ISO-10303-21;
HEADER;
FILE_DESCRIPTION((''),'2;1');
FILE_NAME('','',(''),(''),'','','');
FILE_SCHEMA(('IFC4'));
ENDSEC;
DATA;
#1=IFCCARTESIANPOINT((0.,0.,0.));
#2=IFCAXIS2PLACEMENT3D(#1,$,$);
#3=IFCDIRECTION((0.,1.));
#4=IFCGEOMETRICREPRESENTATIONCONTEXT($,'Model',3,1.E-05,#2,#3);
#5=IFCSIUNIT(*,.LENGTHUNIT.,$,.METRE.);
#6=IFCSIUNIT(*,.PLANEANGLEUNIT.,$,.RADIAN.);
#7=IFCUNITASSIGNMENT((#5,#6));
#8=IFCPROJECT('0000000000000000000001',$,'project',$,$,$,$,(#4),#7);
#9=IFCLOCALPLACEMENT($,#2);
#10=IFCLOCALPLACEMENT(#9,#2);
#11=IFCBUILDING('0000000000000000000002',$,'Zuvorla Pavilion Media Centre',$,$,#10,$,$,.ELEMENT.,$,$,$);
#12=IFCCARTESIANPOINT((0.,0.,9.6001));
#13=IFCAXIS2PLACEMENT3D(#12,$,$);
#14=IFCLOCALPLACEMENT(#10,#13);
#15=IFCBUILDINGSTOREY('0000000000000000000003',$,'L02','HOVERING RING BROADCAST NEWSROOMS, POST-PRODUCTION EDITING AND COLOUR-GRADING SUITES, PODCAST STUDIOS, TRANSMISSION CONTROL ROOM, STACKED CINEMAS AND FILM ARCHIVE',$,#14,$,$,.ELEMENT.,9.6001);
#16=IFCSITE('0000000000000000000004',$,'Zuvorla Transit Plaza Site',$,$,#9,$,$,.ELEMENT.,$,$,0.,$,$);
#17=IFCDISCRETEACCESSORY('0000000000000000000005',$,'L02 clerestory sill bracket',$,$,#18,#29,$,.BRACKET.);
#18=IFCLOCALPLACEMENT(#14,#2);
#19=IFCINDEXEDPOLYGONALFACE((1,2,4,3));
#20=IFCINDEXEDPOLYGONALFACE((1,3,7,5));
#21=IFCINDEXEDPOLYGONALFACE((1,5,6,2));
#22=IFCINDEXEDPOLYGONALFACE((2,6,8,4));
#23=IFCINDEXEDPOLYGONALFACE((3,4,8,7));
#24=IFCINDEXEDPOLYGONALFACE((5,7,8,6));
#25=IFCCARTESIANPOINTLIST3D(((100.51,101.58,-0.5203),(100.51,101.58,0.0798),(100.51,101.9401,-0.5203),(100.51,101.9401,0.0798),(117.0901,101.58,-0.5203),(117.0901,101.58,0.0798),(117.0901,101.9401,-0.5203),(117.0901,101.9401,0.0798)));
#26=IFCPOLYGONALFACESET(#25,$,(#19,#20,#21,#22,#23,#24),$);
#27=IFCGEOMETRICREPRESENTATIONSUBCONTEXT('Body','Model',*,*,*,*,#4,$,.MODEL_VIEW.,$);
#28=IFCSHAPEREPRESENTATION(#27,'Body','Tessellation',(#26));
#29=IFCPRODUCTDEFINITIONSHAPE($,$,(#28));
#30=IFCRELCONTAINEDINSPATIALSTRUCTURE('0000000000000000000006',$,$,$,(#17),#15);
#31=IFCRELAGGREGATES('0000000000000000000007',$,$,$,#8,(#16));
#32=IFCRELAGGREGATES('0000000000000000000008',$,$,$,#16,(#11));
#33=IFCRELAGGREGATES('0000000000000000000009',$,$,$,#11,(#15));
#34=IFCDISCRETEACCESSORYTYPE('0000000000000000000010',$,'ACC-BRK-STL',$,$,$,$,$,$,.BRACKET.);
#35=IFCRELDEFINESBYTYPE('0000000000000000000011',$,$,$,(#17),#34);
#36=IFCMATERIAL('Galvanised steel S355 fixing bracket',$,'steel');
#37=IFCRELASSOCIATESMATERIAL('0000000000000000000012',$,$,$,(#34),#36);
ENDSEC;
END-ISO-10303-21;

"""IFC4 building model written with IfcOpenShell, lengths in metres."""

from ifc_helpers import new_model, si_unit, direction, frame, origin, origin_2d, place, context, subcontext, project, spatial, rectangle, extrude, material, type_object, element, save


model = new_model("IFC4")

# Units and contexts
model_context = context("Model", 3, precision=1e-05, world=origin(), true_north=direction((0.0, 1.0)))
body_context = subcontext(model_context, "Body", "Model", "MODEL_VIEW")
ifc_project = project(units=[si_unit("LENGTHUNIT", "METRE"), si_unit("PLANEANGLEUNIT", "RADIAN")], contexts=[model_context])

# Site, building, storey
site_placement = place(None, origin())
site = spatial("IfcSite", under=ifc_project, at=site_placement, Name="Zuvorla Transit Plaza Site", CompositionType="ELEMENT", RefElevation=0.0)
building_placement = place(site_placement, origin())
building = spatial("IfcBuilding", under=site, at=building_placement, Name="Zuvorla Pavilion Media Centre", CompositionType="ELEMENT")
storey_placement = place(building_placement, frame((0.0, 0.0, 9.6001)))
storey = spatial("IfcBuildingStorey", under=building, at=storey_placement, Name="L02", Description="HOVERING RING BROADCAST NEWSROOMS, POST-PRODUCTION EDITING AND COLOUR-GRADING SUITES, PODCAST STUDIOS, TRANSMISSION CONTROL ROOM, STACKED CINEMAS AND FILM ARCHIVE", CompositionType="ELEMENT", Elevation=9.6001)

# Discrete accessory
ifc_material_1 = material(Name="Galvanised steel S355 fixing bracket", Category="steel")
discrete_accessory_type = type_object("IfcDiscreteAccessoryType", Name="ACC-BRK-STL", PredefinedType="BRACKET", material=ifc_material_1)
for number, where, z_axis, x_axis, name in (
    (1, (108.8, 101.76, -0.5203), (0.0, 0.0, 1.0), (1.0, 0.0, 0.0), "L02 clerestory sill bracket"),
):
    element("IfcDiscreteAccessory", number, at=place(storey_placement, frame(where, z_axis=z_axis, x_axis=x_axis)), inside=storey, type_object=discrete_accessory_type, Name=name, PredefinedType="BRACKET", context=body_context, shape_type="SweptSolid", body=[
        extrude(rectangle(XDim=16.5801, YDim=0.3601, at=origin_2d()), origin(), (0.0, 0.0, 1.0), 0.6001),
    ])

save(model, "model.ifc")
